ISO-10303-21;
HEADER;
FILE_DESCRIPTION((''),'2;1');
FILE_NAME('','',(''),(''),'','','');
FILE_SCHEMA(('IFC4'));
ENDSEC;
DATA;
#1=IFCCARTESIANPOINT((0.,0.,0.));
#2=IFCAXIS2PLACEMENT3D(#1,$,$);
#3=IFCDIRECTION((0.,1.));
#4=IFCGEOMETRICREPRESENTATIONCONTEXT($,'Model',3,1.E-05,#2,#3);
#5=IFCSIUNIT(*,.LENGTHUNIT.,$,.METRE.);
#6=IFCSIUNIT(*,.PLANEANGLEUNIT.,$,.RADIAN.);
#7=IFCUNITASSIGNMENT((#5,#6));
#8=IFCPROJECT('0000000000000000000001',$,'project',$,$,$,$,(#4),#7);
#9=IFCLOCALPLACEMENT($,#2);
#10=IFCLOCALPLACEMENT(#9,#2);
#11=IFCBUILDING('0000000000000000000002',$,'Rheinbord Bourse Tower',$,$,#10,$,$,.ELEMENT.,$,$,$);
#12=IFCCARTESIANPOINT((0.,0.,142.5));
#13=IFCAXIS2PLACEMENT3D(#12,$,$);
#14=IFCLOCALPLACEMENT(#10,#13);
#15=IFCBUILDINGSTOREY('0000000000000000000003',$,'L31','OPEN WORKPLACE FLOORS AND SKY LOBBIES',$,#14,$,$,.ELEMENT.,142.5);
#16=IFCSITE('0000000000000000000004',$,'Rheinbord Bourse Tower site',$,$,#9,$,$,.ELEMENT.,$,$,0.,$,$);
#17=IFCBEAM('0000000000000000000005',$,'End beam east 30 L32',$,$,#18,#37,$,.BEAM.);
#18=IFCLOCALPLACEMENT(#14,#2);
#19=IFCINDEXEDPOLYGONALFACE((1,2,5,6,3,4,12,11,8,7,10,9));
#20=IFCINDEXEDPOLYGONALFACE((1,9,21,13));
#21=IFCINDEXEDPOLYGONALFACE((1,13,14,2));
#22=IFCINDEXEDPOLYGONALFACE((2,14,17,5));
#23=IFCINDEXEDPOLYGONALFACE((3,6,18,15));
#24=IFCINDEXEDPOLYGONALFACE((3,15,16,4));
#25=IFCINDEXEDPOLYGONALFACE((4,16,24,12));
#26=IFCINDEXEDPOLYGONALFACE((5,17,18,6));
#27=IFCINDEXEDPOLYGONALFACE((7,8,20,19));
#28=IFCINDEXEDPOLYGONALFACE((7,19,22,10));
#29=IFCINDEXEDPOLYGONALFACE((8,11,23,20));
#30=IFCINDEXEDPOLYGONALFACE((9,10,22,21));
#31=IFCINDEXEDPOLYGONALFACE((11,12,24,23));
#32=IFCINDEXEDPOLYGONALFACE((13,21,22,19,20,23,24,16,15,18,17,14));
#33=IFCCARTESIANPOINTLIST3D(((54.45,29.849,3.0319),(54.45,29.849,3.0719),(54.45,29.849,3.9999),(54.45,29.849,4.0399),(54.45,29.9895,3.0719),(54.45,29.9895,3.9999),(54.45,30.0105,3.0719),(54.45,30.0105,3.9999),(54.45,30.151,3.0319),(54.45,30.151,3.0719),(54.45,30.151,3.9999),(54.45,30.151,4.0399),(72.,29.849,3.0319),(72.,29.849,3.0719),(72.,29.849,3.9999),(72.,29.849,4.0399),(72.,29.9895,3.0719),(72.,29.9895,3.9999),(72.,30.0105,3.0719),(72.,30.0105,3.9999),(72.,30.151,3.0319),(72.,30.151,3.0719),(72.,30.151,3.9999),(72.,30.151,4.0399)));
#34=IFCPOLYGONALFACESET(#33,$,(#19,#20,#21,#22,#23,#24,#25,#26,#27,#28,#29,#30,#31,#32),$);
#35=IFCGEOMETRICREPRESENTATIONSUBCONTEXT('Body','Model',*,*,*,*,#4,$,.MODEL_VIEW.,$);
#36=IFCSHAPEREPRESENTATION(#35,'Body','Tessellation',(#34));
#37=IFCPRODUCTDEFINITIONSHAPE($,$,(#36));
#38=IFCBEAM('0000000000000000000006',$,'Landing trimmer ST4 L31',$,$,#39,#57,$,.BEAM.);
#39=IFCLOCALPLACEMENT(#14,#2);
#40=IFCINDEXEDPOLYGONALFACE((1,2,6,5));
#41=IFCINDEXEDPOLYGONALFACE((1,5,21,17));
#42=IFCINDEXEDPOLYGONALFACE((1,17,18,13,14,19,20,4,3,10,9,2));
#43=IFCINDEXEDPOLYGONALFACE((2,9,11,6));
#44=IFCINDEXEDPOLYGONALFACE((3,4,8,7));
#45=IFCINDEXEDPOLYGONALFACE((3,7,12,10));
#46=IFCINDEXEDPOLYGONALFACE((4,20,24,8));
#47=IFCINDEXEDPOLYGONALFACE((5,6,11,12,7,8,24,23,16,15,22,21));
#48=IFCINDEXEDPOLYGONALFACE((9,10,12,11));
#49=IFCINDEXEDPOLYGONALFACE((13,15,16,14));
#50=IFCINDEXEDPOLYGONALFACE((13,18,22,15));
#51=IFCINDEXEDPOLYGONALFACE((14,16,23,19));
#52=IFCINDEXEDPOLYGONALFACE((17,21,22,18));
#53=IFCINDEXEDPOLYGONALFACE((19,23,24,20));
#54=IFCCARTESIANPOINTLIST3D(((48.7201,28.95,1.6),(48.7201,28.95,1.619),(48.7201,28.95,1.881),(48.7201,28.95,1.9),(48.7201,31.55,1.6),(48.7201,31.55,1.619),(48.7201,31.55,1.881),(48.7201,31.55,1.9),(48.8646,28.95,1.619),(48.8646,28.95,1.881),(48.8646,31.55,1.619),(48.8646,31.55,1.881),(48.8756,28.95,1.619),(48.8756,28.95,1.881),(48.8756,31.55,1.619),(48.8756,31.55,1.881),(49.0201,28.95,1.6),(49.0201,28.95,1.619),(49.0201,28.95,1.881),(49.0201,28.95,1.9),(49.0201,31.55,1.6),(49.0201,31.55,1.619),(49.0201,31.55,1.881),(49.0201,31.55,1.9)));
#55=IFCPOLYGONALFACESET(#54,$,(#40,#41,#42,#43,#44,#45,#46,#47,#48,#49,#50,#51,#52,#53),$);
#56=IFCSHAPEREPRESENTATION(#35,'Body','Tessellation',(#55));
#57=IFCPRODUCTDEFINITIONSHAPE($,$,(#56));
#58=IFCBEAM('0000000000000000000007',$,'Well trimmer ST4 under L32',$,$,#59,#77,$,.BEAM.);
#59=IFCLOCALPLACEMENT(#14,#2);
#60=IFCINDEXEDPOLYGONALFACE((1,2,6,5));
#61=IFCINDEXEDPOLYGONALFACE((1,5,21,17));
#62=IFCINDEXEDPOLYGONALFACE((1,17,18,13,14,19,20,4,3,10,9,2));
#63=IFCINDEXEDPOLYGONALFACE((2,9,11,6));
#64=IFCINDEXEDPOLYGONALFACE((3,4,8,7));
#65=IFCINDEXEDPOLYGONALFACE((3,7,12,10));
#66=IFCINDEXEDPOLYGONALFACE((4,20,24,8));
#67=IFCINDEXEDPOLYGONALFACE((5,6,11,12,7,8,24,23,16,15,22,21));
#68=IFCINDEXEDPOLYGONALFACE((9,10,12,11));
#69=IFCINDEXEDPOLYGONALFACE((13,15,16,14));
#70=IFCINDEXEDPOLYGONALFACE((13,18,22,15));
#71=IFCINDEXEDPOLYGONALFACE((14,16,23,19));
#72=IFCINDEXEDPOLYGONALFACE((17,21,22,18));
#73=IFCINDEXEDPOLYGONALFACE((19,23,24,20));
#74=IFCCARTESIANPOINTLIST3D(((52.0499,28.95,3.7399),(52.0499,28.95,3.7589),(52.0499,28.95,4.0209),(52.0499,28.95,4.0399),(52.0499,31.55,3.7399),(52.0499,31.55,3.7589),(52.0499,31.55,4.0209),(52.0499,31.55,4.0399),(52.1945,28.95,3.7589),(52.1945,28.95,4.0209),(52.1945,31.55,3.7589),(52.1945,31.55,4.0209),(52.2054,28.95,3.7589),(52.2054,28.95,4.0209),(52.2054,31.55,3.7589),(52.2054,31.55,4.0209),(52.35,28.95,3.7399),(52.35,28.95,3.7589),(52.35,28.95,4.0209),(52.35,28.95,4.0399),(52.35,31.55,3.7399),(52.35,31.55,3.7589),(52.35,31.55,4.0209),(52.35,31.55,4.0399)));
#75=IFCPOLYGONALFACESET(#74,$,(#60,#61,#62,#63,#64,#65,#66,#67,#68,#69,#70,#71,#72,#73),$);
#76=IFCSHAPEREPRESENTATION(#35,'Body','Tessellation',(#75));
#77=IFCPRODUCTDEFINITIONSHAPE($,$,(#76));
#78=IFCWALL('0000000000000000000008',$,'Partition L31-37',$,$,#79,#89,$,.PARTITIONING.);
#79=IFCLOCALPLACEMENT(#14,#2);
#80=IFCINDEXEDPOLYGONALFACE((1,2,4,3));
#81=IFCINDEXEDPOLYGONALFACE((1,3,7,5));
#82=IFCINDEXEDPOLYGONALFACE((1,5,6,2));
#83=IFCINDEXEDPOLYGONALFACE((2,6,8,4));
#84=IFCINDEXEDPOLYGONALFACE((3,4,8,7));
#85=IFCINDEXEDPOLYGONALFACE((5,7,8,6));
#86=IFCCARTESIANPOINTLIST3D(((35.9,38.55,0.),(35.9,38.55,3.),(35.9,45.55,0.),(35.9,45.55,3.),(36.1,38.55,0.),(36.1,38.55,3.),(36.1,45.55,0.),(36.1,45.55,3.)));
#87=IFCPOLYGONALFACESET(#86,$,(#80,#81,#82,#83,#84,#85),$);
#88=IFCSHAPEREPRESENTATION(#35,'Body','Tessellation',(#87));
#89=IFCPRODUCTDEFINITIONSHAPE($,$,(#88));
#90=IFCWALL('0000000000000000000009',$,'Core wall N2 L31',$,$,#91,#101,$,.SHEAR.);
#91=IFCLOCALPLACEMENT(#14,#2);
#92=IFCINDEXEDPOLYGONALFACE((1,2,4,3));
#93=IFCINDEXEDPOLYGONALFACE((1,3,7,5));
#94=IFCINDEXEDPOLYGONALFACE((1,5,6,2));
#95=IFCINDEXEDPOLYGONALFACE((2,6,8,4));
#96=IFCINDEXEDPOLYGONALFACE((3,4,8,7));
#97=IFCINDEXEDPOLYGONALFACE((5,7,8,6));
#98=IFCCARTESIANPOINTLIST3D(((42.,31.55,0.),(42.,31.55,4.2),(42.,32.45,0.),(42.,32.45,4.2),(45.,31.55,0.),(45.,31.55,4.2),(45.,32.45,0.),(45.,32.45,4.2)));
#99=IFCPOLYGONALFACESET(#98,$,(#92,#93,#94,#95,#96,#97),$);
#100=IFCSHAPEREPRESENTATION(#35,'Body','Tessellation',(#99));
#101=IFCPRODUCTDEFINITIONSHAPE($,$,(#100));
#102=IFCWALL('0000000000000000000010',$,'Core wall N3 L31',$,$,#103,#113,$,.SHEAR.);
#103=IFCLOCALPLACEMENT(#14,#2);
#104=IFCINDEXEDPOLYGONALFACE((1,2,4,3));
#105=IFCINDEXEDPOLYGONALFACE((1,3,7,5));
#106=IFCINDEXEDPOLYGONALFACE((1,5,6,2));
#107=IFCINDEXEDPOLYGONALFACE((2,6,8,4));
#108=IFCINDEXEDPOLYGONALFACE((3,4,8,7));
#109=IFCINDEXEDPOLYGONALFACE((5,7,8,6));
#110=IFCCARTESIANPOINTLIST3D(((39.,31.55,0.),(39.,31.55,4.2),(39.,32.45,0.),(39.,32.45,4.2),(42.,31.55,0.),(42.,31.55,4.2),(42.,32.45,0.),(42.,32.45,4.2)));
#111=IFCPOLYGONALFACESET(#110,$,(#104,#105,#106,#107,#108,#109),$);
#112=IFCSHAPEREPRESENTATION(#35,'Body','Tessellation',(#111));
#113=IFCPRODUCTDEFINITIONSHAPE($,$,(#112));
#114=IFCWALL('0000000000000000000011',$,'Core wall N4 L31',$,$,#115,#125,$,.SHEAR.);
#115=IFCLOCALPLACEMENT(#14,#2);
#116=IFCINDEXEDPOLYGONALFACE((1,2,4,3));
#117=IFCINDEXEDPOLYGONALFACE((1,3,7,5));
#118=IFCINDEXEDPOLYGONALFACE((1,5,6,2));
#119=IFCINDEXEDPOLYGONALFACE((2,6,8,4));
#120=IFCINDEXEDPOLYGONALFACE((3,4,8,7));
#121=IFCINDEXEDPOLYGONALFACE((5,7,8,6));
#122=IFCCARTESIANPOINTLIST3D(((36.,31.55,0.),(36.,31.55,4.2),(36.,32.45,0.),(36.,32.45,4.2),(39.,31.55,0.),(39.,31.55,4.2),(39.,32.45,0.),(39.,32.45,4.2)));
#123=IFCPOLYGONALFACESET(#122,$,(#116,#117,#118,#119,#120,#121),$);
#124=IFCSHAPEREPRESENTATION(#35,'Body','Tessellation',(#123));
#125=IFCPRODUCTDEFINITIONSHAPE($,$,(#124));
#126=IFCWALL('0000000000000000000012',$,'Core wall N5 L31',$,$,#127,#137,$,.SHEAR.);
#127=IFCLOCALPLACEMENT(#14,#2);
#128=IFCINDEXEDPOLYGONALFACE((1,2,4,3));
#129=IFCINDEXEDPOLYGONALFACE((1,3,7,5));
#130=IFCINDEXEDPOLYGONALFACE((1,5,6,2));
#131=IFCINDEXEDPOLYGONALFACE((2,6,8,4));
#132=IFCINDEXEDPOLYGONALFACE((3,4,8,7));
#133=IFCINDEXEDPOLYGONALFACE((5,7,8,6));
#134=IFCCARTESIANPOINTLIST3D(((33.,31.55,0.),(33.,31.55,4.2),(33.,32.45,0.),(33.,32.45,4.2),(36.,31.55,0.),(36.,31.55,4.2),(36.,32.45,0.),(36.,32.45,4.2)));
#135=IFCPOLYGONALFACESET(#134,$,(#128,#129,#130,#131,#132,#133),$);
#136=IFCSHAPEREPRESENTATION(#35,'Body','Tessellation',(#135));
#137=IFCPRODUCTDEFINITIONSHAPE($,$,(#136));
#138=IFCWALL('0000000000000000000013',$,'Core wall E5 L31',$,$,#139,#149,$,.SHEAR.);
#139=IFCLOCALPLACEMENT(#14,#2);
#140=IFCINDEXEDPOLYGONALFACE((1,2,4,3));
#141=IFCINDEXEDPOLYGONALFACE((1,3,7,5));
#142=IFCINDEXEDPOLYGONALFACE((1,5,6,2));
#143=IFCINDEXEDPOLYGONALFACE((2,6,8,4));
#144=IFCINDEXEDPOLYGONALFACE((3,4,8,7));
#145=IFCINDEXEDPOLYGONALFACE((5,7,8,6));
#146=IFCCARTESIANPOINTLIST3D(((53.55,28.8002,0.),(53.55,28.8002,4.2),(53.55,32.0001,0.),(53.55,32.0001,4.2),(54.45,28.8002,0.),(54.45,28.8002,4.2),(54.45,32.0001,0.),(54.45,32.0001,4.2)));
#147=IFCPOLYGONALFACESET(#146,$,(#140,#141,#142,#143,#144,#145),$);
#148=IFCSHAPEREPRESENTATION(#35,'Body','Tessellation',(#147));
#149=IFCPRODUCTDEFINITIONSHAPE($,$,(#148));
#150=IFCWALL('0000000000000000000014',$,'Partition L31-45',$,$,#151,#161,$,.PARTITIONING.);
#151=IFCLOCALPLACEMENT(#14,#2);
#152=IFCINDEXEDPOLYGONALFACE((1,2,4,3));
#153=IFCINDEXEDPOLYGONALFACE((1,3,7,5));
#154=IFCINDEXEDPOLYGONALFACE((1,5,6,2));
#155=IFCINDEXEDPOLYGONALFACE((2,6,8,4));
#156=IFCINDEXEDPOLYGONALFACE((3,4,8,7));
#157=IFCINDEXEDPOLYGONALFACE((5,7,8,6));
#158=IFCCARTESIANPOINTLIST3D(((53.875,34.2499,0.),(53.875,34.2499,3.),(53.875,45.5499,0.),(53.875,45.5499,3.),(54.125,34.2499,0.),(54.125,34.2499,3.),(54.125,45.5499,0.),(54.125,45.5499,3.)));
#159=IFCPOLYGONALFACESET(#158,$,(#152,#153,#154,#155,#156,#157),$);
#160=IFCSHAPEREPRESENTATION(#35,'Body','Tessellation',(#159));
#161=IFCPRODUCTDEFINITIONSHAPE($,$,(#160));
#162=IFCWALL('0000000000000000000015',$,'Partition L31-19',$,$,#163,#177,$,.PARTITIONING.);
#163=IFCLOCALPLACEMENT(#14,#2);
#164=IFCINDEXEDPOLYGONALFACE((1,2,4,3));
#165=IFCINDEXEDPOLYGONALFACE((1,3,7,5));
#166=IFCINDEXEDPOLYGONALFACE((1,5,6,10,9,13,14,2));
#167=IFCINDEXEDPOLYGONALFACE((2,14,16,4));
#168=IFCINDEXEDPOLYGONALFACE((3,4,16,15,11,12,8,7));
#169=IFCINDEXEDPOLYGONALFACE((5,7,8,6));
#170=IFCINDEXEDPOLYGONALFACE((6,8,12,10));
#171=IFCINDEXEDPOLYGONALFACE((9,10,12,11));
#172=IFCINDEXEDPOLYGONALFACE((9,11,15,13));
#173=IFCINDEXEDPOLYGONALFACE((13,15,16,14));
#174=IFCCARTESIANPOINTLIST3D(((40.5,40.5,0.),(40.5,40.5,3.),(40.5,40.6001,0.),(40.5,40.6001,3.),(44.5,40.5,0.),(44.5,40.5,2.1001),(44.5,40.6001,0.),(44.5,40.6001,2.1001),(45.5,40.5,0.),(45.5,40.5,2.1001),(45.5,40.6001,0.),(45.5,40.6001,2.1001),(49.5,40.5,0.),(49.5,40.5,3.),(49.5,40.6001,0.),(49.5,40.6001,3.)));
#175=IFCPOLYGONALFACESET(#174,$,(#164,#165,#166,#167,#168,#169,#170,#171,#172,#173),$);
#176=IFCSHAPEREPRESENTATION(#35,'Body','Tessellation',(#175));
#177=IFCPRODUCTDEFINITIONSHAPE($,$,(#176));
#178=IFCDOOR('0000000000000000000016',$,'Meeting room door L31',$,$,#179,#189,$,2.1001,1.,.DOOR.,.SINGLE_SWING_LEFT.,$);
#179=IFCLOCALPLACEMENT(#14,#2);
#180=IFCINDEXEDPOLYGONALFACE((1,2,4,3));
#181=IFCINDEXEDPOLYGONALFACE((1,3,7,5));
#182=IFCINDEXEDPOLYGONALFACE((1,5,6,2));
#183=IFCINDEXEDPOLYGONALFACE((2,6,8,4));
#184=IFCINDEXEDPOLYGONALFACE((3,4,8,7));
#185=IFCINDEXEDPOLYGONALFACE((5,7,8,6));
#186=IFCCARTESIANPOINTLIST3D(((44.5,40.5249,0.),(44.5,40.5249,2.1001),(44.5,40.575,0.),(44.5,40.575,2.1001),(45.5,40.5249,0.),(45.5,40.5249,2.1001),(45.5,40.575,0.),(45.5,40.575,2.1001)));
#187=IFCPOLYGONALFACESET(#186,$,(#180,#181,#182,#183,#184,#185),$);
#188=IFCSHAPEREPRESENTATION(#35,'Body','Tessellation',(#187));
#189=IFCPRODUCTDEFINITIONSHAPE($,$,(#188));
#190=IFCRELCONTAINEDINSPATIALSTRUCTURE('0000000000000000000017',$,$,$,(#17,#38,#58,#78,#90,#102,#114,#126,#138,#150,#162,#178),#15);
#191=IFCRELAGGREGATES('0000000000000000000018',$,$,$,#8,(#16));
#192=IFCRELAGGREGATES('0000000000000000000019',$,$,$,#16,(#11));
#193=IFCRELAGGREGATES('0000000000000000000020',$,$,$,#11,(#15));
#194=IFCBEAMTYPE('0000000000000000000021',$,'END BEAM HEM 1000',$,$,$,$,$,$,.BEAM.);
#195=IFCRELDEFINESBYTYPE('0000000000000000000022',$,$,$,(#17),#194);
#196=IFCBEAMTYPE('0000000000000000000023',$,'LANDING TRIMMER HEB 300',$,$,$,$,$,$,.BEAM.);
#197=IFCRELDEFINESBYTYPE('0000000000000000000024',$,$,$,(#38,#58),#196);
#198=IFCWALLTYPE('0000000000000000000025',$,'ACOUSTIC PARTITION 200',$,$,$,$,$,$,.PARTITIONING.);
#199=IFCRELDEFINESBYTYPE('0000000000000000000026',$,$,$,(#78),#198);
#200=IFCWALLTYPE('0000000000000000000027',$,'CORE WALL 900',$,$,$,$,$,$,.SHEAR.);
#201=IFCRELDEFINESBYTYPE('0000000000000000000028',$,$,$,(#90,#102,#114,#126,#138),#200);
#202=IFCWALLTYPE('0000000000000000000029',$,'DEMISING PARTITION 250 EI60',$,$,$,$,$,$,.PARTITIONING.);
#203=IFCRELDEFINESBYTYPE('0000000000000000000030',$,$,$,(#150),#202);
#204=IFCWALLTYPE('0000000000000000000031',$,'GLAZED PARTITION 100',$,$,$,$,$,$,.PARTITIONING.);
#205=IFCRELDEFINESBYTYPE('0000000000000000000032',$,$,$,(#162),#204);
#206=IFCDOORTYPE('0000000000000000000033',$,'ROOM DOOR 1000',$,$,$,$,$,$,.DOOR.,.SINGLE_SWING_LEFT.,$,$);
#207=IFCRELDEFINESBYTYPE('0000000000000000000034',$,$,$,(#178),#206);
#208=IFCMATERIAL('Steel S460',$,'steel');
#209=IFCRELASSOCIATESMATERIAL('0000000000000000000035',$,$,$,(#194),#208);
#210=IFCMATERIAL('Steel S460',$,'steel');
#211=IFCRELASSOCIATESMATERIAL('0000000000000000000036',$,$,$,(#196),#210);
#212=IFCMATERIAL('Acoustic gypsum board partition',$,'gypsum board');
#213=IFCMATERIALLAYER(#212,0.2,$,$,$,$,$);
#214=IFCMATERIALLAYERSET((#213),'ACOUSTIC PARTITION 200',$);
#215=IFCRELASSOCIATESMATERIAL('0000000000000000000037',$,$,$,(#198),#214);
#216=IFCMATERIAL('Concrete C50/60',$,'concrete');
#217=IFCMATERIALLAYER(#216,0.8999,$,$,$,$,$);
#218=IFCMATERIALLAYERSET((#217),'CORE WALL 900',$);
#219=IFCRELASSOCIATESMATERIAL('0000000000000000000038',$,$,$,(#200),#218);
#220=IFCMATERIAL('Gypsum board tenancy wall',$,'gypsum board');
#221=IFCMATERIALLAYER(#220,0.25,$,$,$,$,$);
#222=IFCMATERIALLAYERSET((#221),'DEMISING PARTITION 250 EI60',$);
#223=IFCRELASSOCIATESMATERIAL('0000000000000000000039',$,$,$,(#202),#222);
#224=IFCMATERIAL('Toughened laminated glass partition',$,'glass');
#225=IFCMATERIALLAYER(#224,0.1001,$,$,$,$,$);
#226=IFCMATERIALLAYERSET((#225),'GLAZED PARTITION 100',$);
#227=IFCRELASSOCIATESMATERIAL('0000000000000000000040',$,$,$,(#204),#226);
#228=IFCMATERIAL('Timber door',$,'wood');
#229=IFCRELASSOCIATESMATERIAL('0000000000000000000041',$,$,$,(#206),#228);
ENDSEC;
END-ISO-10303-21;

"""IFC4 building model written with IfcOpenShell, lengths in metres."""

from ifc_helpers import new_model, si_unit, direction, frame, frame_2d, origin, origin_2d, place, context, subcontext, project, spatial, rectangle, i_section, extrude, material, layer, layer_set, material_profile, profile_set, type_object, element, fill, save


model = new_model("IFC4")

# Units and contexts
model_context = context("Model", 3, precision=1e-05, world=origin(), true_north=direction((0.0, 1.0)))
body_context = subcontext(model_context, "Body", "Model", "MODEL_VIEW")
ifc_project = project(units=[si_unit("LENGTHUNIT", "METRE"), si_unit("PLANEANGLEUNIT", "RADIAN")], contexts=[model_context])

# Site, building, storey
site_placement = place(None, origin())
site = spatial("IfcSite", under=ifc_project, at=site_placement, Name="Rheinbord Bourse Tower site", CompositionType="ELEMENT", RefElevation=0.0)
building_placement = place(site_placement, origin())
building = spatial("IfcBuilding", under=site, at=building_placement, Name="Rheinbord Bourse Tower", CompositionType="ELEMENT")
storey_placement = place(building_placement, frame((0.0, 0.0, 142.5)))
storey = spatial("IfcBuildingStorey", under=building, at=storey_placement, Name="L31", Description="OPEN WORKPLACE FLOORS AND SKY LOBBIES", CompositionType="ELEMENT", Elevation=142.5)

# Beams
ifc_material_1 = material(Name="Steel S460", Category="steel")
ifc_material_profile_1 = material_profile(ifc_material_1, i_section(OverallWidth=0.302, OverallDepth=1.0081, WebThickness=0.021, FlangeThickness=0.04, at=origin_2d()), Name="HEM 1000")
ifc_profile_set_1 = profile_set([ifc_material_profile_1], Name="Steel S460")
beam_type_1 = type_object("IfcBeamType", Name="END BEAM HEM 1000", PredefinedType="BEAM", material=ifc_profile_set_1)
beam_placement = place(storey_placement, frame((54.45, 30.0, 3.5359), z_axis=(1.0, 0.0, 0.0), x_axis=(0.0, 1.0, 0.0)))
element("IfcBeam", 1, at=beam_placement, inside=storey, type_object=beam_type_1, Name="End beam east 30 L32", PredefinedType="BEAM", context=body_context, shape_type="SweptSolid", body=[
    extrude(i_section(OverallWidth=0.302, OverallDepth=1.0081, WebThickness=0.021, FlangeThickness=0.04, at=origin_2d()), origin(), (0.0, 0.0, 1.0), 17.55),
])
ifc_material_2 = material(Name="Steel S460", Category="steel")
ifc_material_profile_2 = material_profile(ifc_material_2, i_section(OverallWidth=0.3, OverallDepth=0.3, WebThickness=0.011, FlangeThickness=0.019, at=origin_2d()), Name="HEB 300")
ifc_profile_set_2 = profile_set([ifc_material_profile_2], Name="Steel S460")
beam_type_2 = type_object("IfcBeamType", Name="LANDING TRIMMER HEB 300", PredefinedType="BEAM", material=ifc_profile_set_2)
for number, where, z_axis, x_axis, name in (
    (2, (48.8701, 28.95, 1.75), (0.0, 1.0, 0.0), (-1.0, 0.0, 0.0), "Landing trimmer ST4 L31"),
    (3, (52.2, 28.95, 3.8899), (0.0, 1.0, 0.0), (-1.0, 0.0, 0.0), "Well trimmer ST4 under L32"),
):
    element("IfcBeam", number, at=place(storey_placement, frame(where, z_axis=z_axis, x_axis=x_axis)), inside=storey, type_object=beam_type_2, Name=name, PredefinedType="BEAM", context=body_context, shape_type="SweptSolid", body=[
        extrude(i_section(OverallWidth=0.3, OverallDepth=0.3, WebThickness=0.011, FlangeThickness=0.019, at=origin_2d()), origin(), (0.0, 0.0, 1.0), 2.6001),
    ])

# Walls
ifc_material_3 = material(Name="Acoustic gypsum board partition", Category="gypsum board")
ifc_layer_1 = layer(ifc_material_3, 0.2)
ifc_layer_set_1 = layer_set([ifc_layer_1], Name="ACOUSTIC PARTITION 200")
wall_type_1 = type_object("IfcWallType", Name="ACOUSTIC PARTITION 200", PredefinedType="PARTITIONING", material=ifc_layer_set_1)
wall_1_placement = place(storey_placement, frame((36.0, 38.55, 0.0), z_axis=(0.0, 0.0, 1.0), x_axis=(0.0, 1.0, 0.0)))
element("IfcWall", 4, at=wall_1_placement, inside=storey, type_object=wall_type_1, Name="Partition L31-37", PredefinedType="PARTITIONING", context=body_context, shape_type="SweptSolid", body=[
    extrude(rectangle(XDim=7.0, YDim=0.2, at=frame_2d((3.5, 0.0))), origin(), (0.0, 0.0, 1.0), 3.0),
])
ifc_material_4 = material(Name="Concrete C50/60", Category="concrete")
ifc_layer_2 = layer(ifc_material_4, 0.8999)
ifc_layer_set_2 = layer_set([ifc_layer_2], Name="CORE WALL 900")
wall_type_2 = type_object("IfcWallType", Name="CORE WALL 900", PredefinedType="SHEAR", material=ifc_layer_set_2)
for number, where, z_axis, x_axis, name in (
    (5, (45.0, 32.0, 0.0), (0.0, 0.0, 1.0), (-1.0, 0.0, 0.0), "Core wall N2 L31"),
    (6, (42.0, 32.0, 0.0), (0.0, 0.0, 1.0), (-1.0, 0.0, 0.0), "Core wall N3 L31"),
    (7, (39.0, 32.0, 0.0), (0.0, 0.0, 1.0), (-1.0, 0.0, 0.0), "Core wall N4 L31"),
    (8, (36.0, 32.0, 0.0), (0.0, 0.0, 1.0), (-1.0, 0.0, 0.0), "Core wall N5 L31"),
):
    element("IfcWall", number, at=place(storey_placement, frame(where, z_axis=z_axis, x_axis=x_axis)), inside=storey, type_object=wall_type_2, Name=name, PredefinedType="SHEAR", context=body_context, shape_type="SweptSolid", body=[
        extrude(rectangle(XDim=3.0, YDim=0.8999, at=frame_2d((1.5, 0.0))), origin(), (0.0, 0.0, 1.0), 4.2),
    ])
wall_2_placement = place(storey_placement, frame((54.0, 28.8, 0.0), z_axis=(0.0, 0.0, 1.0), x_axis=(0.0, 1.0, 0.0)))
element("IfcWall", 9, at=wall_2_placement, inside=storey, type_object=wall_type_2, Name="Core wall E5 L31", PredefinedType="SHEAR", context=body_context, shape_type="SweptSolid", body=[
    extrude(rectangle(XDim=3.2, YDim=0.8999, at=frame_2d((1.6001, 0.0))), origin(), (0.0, 0.0, 1.0), 4.2),
])
ifc_material_5 = material(Name="Gypsum board tenancy wall", Category="gypsum board")
ifc_layer_3 = layer(ifc_material_5, 0.25)
ifc_layer_set_3 = layer_set([ifc_layer_3], Name="DEMISING PARTITION 250 EI60")
wall_type_3 = type_object("IfcWallType", Name="DEMISING PARTITION 250 EI60", PredefinedType="PARTITIONING", material=ifc_layer_set_3)
wall_3_placement = place(storey_placement, frame((54.0, 34.25, 0.0), z_axis=(0.0, 0.0, 1.0), x_axis=(0.0, 1.0, 0.0)))
element("IfcWall", 10, at=wall_3_placement, inside=storey, type_object=wall_type_3, Name="Partition L31-45", PredefinedType="PARTITIONING", context=body_context, shape_type="SweptSolid", body=[
    extrude(rectangle(XDim=11.3, YDim=0.25, at=frame_2d((5.6499, 0.0))), origin(), (0.0, 0.0, 1.0), 3.0),
])

# Wall, opening, door
ifc_material_6 = material(Name="Toughened laminated glass partition", Category="glass")
ifc_layer_4 = layer(ifc_material_6, 0.1001)
ifc_layer_set_4 = layer_set([ifc_layer_4], Name="GLAZED PARTITION 100")
wall_type_4 = type_object("IfcWallType", Name="GLAZED PARTITION 100", PredefinedType="PARTITIONING", material=ifc_layer_set_4)
wall_4_placement = place(storey_placement, frame((40.5, 40.55, 0.0), z_axis=(0.0, 0.0, 1.0), x_axis=(1.0, 0.0, 0.0)))
wall_4 = element("IfcWall", 11, at=wall_4_placement, inside=storey, type_object=wall_type_4, Name="Partition L31-19", PredefinedType="PARTITIONING", context=body_context, shape_type="SweptSolid", body=[
    extrude(rectangle(XDim=9.0, YDim=0.1001, at=frame_2d((4.5, 0.0))), origin(), (0.0, 0.0, 1.0), 3.0),
])
opening_placement = place(wall_4_placement, frame((4.0, 0.0, 0.0)))
opening = element("IfcOpeningElement", 12, at=opening_placement, cuts=wall_4, PredefinedType="OPENING", context=body_context, shape_type="SweptSolid", body=[
    extrude(rectangle(XDim=1.0, YDim=2.1001, at=frame_2d((0.5, 1.05))), frame((0.0, 0.0601, 0.0), z_axis=(0.0, -1.0, 0.0), x_axis=(1.0, 0.0, 0.0)), (0.0, 0.0, 1.0), 0.1201),
])
ifc_material_7 = material(Name="Timber door", Category="wood")
door_type = type_object("IfcDoorType", Name="ROOM DOOR 1000", OperationType="SINGLE_SWING_LEFT", PredefinedType="DOOR", material=ifc_material_7)
door_placement = place(opening_placement, origin())
door = element("IfcDoor", 13, at=door_placement, inside=storey, type_object=door_type, Name="Meeting room door L31", OperationType="SINGLE_SWING_LEFT", OverallHeight=2.1001, OverallWidth=1.0, PredefinedType="DOOR", context=body_context, shape_type="SweptSolid", body=[
    extrude(rectangle(XDim=1.0, YDim=2.1001, at=frame_2d((0.5, 1.05))), frame((0.0, 0.0249, 0.0), z_axis=(0.0, -1.0, 0.0), x_axis=(1.0, 0.0, 0.0)), (0.0, 0.0, 1.0), 0.05),
])
fill(opening, door)

save(model, "model.ifc")
